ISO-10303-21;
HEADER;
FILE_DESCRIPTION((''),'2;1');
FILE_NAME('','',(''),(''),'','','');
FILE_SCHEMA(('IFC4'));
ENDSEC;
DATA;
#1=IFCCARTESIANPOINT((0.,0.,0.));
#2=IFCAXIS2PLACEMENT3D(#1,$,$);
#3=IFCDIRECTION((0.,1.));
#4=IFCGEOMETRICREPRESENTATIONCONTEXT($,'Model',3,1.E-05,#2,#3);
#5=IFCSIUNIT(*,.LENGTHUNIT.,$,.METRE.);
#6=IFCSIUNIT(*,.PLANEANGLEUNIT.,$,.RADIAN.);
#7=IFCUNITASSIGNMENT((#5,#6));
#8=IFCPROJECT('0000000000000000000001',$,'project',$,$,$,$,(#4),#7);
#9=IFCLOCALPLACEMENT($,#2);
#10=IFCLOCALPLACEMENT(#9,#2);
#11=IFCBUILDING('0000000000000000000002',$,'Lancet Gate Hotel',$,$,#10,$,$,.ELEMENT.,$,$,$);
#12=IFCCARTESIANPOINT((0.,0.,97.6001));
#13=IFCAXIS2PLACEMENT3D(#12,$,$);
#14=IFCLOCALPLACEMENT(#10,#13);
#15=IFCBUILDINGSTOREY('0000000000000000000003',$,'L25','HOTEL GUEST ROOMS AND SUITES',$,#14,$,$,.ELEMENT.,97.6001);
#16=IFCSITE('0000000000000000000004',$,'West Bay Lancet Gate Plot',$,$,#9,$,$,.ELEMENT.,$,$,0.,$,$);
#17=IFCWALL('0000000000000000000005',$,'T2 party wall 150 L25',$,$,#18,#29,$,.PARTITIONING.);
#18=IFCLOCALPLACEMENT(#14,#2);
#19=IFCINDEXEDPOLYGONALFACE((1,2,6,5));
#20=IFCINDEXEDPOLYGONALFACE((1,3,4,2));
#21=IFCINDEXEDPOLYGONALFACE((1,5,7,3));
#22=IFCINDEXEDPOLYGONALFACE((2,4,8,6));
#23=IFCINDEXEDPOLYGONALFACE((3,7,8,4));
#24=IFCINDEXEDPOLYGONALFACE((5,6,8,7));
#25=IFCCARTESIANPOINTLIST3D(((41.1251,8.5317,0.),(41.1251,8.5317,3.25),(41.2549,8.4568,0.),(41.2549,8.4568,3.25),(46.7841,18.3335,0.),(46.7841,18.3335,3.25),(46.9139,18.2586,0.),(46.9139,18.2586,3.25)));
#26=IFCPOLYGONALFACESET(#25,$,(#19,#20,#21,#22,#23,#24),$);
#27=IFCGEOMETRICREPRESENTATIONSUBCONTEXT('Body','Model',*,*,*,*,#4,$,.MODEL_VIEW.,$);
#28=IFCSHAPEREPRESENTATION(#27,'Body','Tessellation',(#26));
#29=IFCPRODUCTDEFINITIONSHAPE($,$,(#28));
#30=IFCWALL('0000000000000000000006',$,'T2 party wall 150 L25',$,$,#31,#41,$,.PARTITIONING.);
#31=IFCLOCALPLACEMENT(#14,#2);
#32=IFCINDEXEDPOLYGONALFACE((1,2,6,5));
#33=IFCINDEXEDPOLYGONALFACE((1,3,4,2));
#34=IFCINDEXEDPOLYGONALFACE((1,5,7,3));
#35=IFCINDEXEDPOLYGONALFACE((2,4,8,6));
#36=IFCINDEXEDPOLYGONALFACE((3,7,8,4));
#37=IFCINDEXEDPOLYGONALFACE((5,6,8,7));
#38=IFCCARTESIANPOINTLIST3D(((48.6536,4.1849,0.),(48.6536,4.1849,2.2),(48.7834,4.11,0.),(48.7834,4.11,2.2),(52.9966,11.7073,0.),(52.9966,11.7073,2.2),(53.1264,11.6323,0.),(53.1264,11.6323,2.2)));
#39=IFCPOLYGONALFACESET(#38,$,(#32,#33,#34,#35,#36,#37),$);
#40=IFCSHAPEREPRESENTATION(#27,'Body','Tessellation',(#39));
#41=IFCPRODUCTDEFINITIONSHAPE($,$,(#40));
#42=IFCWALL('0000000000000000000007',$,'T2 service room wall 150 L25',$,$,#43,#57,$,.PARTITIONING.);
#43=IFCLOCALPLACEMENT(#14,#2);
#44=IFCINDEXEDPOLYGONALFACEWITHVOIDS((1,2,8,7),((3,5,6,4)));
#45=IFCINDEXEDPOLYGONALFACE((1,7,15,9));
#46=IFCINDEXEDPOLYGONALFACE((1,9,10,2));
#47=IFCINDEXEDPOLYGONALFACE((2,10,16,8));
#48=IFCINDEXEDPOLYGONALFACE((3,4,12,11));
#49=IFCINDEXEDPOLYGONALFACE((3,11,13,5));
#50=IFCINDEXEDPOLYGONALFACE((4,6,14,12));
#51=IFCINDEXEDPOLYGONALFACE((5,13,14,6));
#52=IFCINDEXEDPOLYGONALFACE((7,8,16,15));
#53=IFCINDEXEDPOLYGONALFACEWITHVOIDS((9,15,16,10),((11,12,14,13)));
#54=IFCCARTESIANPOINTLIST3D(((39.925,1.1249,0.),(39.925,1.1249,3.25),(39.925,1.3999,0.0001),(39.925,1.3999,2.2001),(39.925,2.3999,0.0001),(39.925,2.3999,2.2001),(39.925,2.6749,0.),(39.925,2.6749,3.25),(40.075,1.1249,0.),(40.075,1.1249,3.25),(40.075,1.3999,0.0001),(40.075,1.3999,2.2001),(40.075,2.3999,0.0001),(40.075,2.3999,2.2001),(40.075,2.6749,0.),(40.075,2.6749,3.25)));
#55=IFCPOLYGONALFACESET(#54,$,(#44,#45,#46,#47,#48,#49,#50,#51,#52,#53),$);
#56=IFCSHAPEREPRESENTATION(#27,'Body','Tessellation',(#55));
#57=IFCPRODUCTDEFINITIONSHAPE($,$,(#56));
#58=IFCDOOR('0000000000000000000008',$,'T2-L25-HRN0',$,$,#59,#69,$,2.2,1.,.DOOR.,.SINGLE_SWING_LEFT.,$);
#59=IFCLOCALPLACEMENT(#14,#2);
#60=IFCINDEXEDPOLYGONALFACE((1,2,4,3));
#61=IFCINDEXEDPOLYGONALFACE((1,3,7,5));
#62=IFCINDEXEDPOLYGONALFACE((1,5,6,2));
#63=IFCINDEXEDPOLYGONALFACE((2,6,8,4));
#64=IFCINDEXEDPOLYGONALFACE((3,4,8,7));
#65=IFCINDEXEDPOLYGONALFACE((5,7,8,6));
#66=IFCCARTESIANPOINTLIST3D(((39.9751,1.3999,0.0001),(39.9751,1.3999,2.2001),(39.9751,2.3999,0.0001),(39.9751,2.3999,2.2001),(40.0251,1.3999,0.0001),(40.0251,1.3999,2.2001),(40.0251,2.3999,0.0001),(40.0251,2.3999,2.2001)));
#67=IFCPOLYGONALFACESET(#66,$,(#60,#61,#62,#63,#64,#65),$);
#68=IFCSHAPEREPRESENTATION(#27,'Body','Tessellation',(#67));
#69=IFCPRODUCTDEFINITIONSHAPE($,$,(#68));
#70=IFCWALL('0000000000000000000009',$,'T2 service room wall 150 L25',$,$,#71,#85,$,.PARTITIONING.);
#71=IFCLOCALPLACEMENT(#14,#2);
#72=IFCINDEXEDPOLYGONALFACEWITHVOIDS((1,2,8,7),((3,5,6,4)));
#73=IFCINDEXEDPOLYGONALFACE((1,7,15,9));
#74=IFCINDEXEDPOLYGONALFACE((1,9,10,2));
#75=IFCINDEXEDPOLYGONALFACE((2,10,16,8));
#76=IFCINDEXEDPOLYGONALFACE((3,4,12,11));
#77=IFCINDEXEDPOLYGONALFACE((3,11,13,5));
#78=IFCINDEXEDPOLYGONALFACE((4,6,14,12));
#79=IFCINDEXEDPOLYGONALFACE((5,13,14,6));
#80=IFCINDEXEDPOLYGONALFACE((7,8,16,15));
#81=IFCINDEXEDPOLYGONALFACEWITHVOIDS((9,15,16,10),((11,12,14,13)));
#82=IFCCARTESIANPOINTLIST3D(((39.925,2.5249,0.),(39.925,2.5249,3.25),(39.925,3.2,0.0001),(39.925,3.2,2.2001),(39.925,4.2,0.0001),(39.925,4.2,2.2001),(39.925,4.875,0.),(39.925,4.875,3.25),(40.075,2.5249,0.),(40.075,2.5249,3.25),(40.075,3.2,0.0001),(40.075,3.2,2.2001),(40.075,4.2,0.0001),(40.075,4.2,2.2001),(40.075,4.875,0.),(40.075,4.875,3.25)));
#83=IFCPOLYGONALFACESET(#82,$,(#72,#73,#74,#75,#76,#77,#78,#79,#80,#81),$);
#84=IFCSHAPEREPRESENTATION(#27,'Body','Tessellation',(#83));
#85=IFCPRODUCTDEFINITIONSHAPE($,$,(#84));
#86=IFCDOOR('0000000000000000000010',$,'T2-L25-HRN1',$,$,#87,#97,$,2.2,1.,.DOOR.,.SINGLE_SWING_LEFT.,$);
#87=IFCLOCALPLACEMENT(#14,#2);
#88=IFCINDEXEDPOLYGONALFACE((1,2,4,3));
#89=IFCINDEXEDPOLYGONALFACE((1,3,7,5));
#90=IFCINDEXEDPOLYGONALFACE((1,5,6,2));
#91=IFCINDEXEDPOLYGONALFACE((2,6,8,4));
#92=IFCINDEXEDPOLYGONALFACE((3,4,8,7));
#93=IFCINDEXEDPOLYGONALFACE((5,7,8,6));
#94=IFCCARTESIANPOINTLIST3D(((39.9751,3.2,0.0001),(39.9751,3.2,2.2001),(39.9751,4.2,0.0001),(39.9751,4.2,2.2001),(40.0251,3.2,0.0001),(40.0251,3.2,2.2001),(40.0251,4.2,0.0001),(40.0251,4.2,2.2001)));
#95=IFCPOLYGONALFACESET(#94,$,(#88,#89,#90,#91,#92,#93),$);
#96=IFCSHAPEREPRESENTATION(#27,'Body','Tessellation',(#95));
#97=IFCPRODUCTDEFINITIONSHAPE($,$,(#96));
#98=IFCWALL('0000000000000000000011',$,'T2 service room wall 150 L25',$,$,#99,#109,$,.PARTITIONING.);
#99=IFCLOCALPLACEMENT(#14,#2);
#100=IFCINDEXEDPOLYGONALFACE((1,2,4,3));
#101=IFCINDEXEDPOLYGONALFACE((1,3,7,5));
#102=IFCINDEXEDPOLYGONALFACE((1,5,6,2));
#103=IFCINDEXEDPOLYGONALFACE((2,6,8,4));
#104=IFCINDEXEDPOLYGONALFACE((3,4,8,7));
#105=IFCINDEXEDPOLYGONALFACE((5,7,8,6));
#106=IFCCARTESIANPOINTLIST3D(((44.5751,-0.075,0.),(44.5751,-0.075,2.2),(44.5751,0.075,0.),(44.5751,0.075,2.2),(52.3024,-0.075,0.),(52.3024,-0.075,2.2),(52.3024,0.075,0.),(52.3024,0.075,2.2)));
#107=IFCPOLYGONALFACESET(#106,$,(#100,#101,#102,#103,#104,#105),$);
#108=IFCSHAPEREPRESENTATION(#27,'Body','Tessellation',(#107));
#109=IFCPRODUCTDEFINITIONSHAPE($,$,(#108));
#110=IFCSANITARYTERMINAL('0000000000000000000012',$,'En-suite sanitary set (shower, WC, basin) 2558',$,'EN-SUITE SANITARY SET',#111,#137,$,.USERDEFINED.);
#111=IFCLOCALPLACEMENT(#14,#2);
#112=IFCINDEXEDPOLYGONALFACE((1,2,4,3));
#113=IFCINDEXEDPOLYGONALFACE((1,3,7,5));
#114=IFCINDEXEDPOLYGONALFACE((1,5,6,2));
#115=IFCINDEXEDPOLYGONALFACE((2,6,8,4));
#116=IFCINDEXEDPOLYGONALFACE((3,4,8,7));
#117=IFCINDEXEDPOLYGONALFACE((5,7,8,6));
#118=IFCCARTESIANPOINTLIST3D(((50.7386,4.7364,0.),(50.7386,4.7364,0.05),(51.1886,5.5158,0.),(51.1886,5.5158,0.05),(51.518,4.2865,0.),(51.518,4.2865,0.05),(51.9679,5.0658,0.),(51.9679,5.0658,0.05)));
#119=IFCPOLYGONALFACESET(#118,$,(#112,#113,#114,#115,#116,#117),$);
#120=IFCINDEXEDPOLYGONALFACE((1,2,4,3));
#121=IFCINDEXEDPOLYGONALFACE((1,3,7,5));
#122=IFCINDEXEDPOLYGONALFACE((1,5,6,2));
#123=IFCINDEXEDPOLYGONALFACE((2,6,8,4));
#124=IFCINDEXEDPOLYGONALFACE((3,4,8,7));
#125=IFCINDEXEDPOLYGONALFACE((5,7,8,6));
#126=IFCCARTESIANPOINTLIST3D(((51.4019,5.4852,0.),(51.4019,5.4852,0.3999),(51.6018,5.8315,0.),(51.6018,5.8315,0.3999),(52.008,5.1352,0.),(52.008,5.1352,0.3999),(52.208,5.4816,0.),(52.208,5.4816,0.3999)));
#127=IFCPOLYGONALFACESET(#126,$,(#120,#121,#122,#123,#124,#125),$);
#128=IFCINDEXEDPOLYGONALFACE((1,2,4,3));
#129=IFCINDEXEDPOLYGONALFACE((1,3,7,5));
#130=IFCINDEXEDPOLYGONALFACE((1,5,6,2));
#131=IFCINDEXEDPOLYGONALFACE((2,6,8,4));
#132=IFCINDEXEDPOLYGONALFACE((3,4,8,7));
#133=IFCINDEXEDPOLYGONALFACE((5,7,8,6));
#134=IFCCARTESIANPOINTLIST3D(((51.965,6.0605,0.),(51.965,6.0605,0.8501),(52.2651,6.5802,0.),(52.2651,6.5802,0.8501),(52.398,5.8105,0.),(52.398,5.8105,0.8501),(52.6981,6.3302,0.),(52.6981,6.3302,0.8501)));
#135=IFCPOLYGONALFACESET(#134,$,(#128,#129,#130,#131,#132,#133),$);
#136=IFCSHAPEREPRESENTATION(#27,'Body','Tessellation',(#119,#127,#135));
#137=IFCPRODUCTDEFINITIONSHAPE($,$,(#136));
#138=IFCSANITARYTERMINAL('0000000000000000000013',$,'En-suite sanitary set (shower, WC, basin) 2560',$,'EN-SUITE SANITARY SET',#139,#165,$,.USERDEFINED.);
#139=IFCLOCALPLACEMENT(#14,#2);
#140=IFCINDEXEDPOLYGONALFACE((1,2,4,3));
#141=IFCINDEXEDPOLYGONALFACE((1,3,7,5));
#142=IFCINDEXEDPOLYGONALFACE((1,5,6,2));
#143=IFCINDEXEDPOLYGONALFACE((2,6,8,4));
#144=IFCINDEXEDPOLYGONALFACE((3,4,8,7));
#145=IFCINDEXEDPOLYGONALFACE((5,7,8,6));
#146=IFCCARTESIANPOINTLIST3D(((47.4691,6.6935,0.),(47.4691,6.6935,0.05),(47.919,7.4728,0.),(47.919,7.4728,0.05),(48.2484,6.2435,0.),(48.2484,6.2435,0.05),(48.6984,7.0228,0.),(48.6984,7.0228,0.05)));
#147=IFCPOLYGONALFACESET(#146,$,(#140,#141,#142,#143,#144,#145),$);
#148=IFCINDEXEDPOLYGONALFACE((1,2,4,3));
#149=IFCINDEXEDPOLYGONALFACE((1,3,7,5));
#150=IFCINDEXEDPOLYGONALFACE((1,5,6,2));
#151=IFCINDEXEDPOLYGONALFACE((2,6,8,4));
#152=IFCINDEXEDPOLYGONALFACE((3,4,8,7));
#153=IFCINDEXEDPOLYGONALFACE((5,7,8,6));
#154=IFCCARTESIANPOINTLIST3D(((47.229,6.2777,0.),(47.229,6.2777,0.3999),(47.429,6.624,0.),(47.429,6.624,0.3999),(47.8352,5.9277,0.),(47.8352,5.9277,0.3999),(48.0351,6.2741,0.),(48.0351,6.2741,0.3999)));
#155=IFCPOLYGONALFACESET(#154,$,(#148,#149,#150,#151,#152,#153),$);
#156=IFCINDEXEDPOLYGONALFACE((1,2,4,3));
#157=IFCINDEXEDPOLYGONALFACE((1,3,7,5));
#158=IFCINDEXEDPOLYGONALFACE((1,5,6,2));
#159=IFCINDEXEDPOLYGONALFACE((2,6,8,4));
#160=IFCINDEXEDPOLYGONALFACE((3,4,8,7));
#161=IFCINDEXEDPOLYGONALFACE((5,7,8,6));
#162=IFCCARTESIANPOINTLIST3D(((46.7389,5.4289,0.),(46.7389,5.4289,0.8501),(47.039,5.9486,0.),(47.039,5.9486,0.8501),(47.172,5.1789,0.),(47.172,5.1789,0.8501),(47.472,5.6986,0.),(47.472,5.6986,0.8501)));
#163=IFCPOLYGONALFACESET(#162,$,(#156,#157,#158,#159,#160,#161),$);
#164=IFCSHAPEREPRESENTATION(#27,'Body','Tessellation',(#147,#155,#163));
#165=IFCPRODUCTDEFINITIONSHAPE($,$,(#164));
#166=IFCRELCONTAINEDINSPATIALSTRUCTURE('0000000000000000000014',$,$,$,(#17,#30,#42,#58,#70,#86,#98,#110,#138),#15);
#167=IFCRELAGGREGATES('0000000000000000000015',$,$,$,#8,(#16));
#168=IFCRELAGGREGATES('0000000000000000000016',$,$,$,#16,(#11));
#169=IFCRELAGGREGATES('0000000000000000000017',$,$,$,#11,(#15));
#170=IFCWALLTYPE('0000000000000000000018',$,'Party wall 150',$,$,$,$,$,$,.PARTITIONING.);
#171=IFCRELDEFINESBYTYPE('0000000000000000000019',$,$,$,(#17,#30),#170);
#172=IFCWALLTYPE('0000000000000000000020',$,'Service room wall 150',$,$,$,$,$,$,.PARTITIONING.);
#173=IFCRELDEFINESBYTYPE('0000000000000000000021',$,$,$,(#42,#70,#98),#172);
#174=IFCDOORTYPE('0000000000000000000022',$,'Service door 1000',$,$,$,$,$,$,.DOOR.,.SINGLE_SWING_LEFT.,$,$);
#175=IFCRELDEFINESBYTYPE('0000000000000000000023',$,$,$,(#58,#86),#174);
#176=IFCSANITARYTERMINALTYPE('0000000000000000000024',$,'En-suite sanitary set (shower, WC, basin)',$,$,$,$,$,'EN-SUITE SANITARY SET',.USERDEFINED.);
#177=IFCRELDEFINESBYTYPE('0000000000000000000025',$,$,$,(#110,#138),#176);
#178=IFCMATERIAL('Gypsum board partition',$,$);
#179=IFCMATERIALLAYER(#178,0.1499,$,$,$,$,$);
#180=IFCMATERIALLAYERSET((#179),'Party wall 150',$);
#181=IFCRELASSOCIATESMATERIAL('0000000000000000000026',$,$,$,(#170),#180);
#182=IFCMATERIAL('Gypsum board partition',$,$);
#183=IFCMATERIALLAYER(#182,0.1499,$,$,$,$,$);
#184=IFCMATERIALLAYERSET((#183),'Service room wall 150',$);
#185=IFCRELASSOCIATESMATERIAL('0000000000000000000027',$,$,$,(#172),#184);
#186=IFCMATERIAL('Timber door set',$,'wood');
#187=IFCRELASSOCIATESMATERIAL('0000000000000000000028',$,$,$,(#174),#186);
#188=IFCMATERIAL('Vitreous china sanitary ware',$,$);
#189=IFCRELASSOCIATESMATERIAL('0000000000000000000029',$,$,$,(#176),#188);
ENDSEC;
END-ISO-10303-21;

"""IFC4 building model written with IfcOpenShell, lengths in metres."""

from ifc_helpers import new_model, si_unit, direction, frame, frame_2d, origin, origin_2d, place, context, subcontext, project, spatial, rectangle, extrude, material, layer, layer_set, type_object, element, fill, save


model = new_model("IFC4")

# Units and contexts
model_context = context("Model", 3, precision=1e-05, world=origin(), true_north=direction((0.0, 1.0)))
body_context = subcontext(model_context, "Body", "Model", "MODEL_VIEW")
ifc_project = project(units=[si_unit("LENGTHUNIT", "METRE"), si_unit("PLANEANGLEUNIT", "RADIAN")], contexts=[model_context])

# Site, building, storey
site_placement = place(None, origin())
site = spatial("IfcSite", under=ifc_project, at=site_placement, Name="West Bay Lancet Gate Plot", CompositionType="ELEMENT", RefElevation=0.0)
building_placement = place(site_placement, origin())
building = spatial("IfcBuilding", under=site, at=building_placement, Name="Lancet Gate Hotel", CompositionType="ELEMENT")
storey_placement = place(building_placement, frame((0.0, 0.0, 97.6001)))
storey = spatial("IfcBuildingStorey", under=building, at=storey_placement, Name="L25", Description="HOTEL GUEST ROOMS AND SUITES", CompositionType="ELEMENT", Elevation=97.6001)

# Walls
ifc_material_1 = material(Name="Gypsum board partition")
ifc_layer_1 = layer(ifc_material_1, 0.1499)
ifc_layer_set_1 = layer_set([ifc_layer_1], Name="Party wall 150")
wall_type_1 = type_object("IfcWallType", Name="Party wall 150", PredefinedType="PARTITIONING", material=ifc_layer_set_1)
wall_1_placement = place(storey_placement, frame((41.1899, 8.4941, 0.0), z_axis=(0.0, 0.0, 1.0), x_axis=(0.499993, 0.86603, 0.0)))
element("IfcWall", 1, at=wall_1_placement, inside=storey, type_object=wall_type_1, Name="T2 party wall 150 L25", PredefinedType="PARTITIONING", context=body_context, shape_type="SweptSolid", body=[
    extrude(rectangle(XDim=11.3181, YDim=0.1499, at=frame_2d((5.6592, 0.0))), origin(), (0.0, 0.0, 1.0), 3.25),
])
wall_2_placement = place(storey_placement, frame((48.7185, 4.1475, 0.0), z_axis=(0.0, 0.0, 1.0), x_axis=(0.499993, 0.866029, 0.0)))
element("IfcWall", 2, at=wall_2_placement, inside=storey, type_object=wall_type_1, Name="T2 party wall 150 L25", PredefinedType="PARTITIONING", context=body_context, shape_type="SweptSolid", body=[
    extrude(rectangle(XDim=8.686, YDim=0.1499, at=frame_2d((4.343, 0.0))), origin(), (0.0, 0.0, 1.0), 2.2),
])

# Walls, openings, doors
ifc_material_2 = material(Name="Gypsum board partition")
ifc_layer_2 = layer(ifc_material_2, 0.1499)
ifc_layer_set_2 = layer_set([ifc_layer_2], Name="Service room wall 150")
wall_type_2 = type_object("IfcWallType", Name="Service room wall 150", PredefinedType="PARTITIONING", material=ifc_layer_set_2)
wall_3_placement = place(storey_placement, frame((40.0, 1.125, 0.0), z_axis=(0.0, 0.0, 1.0), x_axis=(0.0, 1.0, 0.0)))
wall_3 = element("IfcWall", 3, at=wall_3_placement, inside=storey, type_object=wall_type_2, Name="T2 service room wall 150 L25", PredefinedType="PARTITIONING", context=body_context, shape_type="SweptSolid", body=[
    extrude(rectangle(XDim=1.55, YDim=0.1499, at=frame_2d((0.7749, 0.0))), origin(), (0.0, 0.0, 1.0), 3.25),
])
opening_1_placement = place(wall_3_placement, frame((0.2749, 0.0, 0.0)))
opening_1 = element("IfcOpeningElement", 4, at=opening_1_placement, cuts=wall_3, PredefinedType="OPENING", context=body_context, shape_type="SweptSolid", body=[
    extrude(rectangle(XDim=1.0, YDim=2.2, at=frame_2d((0.5, 1.1001))), frame((0.0, 0.085, 0.0), z_axis=(0.0, -1.0, 0.0), x_axis=(1.0, 0.0, 0.0)), (0.0, 0.0, 1.0), 0.1699),
])
ifc_material_3 = material(Name="Timber door set", Category="wood")
door_type_1 = type_object("IfcDoorType", Name="Service door 1000", OperationType="SINGLE_SWING_LEFT", PredefinedType="DOOR", material=ifc_material_3)
door_1_placement = place(opening_1_placement, origin())
door_1 = element("IfcDoor", 5, at=door_1_placement, inside=storey, type_object=door_type_1, Name="T2-L25-HRN0", OperationType="SINGLE_SWING_LEFT", OverallHeight=2.2, OverallWidth=1.0, PredefinedType="DOOR", context=body_context, shape_type="SweptSolid", body=[
    extrude(rectangle(XDim=1.0, YDim=2.2, at=frame_2d((0.5, 1.1001))), frame((0.0, 0.0249, 0.0), z_axis=(0.0, -1.0, 0.0), x_axis=(1.0, 0.0, 0.0)), (0.0, 0.0, 1.0), 0.05),
])
fill(opening_1, door_1)
wall_4_placement = place(storey_placement, frame((40.0, 2.5249, 0.0), z_axis=(0.0, 0.0, 1.0), x_axis=(0.0, 1.0, 0.0)))
wall_4 = element("IfcWall", 6, at=wall_4_placement, inside=storey, type_object=wall_type_2, Name="T2 service room wall 150 L25", PredefinedType="PARTITIONING", context=body_context, shape_type="SweptSolid", body=[
    extrude(rectangle(XDim=2.3501, YDim=0.1499, at=frame_2d((1.175, 0.0))), origin(), (0.0, 0.0, 1.0), 3.25),
])
opening_2_placement = place(wall_4_placement, frame((0.675, 0.0, 0.0)))
opening_2 = element("IfcOpeningElement", 7, at=opening_2_placement, cuts=wall_4, PredefinedType="OPENING", context=body_context, shape_type="SweptSolid", body=[
    extrude(rectangle(XDim=1.0, YDim=2.2, at=frame_2d((0.5, 1.1001))), frame((0.0, 0.085, 0.0), z_axis=(0.0, -1.0, 0.0), x_axis=(1.0, 0.0, 0.0)), (0.0, 0.0, 1.0), 0.1699),
])
door_2_placement = place(opening_2_placement, origin())
door_2 = element("IfcDoor", 8, at=door_2_placement, inside=storey, type_object=door_type_1, Name="T2-L25-HRN1", OperationType="SINGLE_SWING_LEFT", OverallHeight=2.2, OverallWidth=1.0, PredefinedType="DOOR", context=body_context, shape_type="SweptSolid", body=[
    extrude(rectangle(XDim=1.0, YDim=2.2, at=frame_2d((0.5, 1.1001))), frame((0.0, 0.0249, 0.0), z_axis=(0.0, -1.0, 0.0), x_axis=(1.0, 0.0, 0.0)), (0.0, 0.0, 1.0), 0.05),
])
fill(opening_2, door_2)

# Wall
wall_5_placement = place(storey_placement, frame((44.575, 0.0, 0.0), z_axis=(0.0, 0.0, 1.0), x_axis=(1.0, 0.0, 0.0)))
element("IfcWall", 9, at=wall_5_placement, inside=storey, type_object=wall_type_2, Name="T2 service room wall 150 L25", PredefinedType="PARTITIONING", context=body_context, shape_type="SweptSolid", body=[
    extrude(rectangle(XDim=7.7273, YDim=0.1499, at=frame_2d((3.8638, 0.0))), origin(), (0.0, 0.0, 1.0), 2.2),
])

# Sanitary terminals
ifc_material_4 = material(Name="Vitreous china sanitary ware")
sanitary_terminal_type = type_object("IfcSanitaryTerminalType", Name="En-suite sanitary set (shower, WC, basin)", ElementType="EN-SUITE SANITARY SET", PredefinedType="USERDEFINED", material=ifc_material_4)
sanitary_terminal_1_placement = place(storey_placement, frame((51.3533, 4.9011, 0.0), z_axis=(0.0, 0.0, 1.0), x_axis=(1.0, 0.0, 0.0)))
element("IfcSanitaryTerminal", 10, at=sanitary_terminal_1_placement, inside=storey, type_object=sanitary_terminal_type, Name="En-suite sanitary set (shower, WC, basin) 2558", ObjectType="EN-SUITE SANITARY SET", PredefinedType="USERDEFINED", context=body_context, shape_type="SweptSolid", body=[
    extrude(rectangle(XDim=0.8999, YDim=0.8999, at=origin_2d()), frame((0.0, 0.0, 0.0), z_axis=(0.0, 0.0, 1.0), x_axis=(-0.5, -0.866025, 0.0)), (0.0, 0.0, 1.0), 0.05),
    extrude(rectangle(XDim=0.3999, YDim=0.7, at=origin_2d()), frame((0.4517, 0.5823, 0.0), z_axis=(0.0, 0.0, 1.0), x_axis=(-0.5, -0.866025, 0.0)), (0.0, 0.0, 1.0), 0.3999),
    extrude(rectangle(XDim=0.6001, YDim=0.5, at=origin_2d()), frame((0.9783, 1.2942, 0.0), z_axis=(0.0, 0.0, 1.0), x_axis=(-0.5, -0.866025, 0.0)), (0.0, 0.0, 1.0), 0.8501),
])
sanitary_terminal_2_placement = place(storey_placement, frame((48.0837, 6.8582, 0.0), z_axis=(0.0, 0.0, 1.0), x_axis=(1.0, 0.0, 0.0)))
element("IfcSanitaryTerminal", 11, at=sanitary_terminal_2_placement, inside=storey, type_object=sanitary_terminal_type, Name="En-suite sanitary set (shower, WC, basin) 2560", ObjectType="EN-SUITE SANITARY SET", PredefinedType="USERDEFINED", context=body_context, shape_type="SweptSolid", body=[
    extrude(rectangle(XDim=0.8999, YDim=0.8999, at=origin_2d()), frame((0.0, 0.0, 0.0), z_axis=(0.0, 0.0, 1.0), x_axis=(0.5, 0.866025, 0.0)), (0.0, 0.0, 1.0), 0.05),
    extrude(rectangle(XDim=0.3999, YDim=0.7, at=origin_2d()), frame((-0.4517, -0.5823, 0.0), z_axis=(0.0, 0.0, 1.0), x_axis=(0.5, 0.866025, 0.0)), (0.0, 0.0, 1.0), 0.3999),
    extrude(rectangle(XDim=0.6001, YDim=0.5, at=origin_2d()), frame((-0.9783, -1.2944, 0.0), z_axis=(0.0, 0.0, 1.0), x_axis=(0.5, 0.866025, 0.0)), (0.0, 0.0, 1.0), 0.8501),
])

save(model, "model.ifc")
